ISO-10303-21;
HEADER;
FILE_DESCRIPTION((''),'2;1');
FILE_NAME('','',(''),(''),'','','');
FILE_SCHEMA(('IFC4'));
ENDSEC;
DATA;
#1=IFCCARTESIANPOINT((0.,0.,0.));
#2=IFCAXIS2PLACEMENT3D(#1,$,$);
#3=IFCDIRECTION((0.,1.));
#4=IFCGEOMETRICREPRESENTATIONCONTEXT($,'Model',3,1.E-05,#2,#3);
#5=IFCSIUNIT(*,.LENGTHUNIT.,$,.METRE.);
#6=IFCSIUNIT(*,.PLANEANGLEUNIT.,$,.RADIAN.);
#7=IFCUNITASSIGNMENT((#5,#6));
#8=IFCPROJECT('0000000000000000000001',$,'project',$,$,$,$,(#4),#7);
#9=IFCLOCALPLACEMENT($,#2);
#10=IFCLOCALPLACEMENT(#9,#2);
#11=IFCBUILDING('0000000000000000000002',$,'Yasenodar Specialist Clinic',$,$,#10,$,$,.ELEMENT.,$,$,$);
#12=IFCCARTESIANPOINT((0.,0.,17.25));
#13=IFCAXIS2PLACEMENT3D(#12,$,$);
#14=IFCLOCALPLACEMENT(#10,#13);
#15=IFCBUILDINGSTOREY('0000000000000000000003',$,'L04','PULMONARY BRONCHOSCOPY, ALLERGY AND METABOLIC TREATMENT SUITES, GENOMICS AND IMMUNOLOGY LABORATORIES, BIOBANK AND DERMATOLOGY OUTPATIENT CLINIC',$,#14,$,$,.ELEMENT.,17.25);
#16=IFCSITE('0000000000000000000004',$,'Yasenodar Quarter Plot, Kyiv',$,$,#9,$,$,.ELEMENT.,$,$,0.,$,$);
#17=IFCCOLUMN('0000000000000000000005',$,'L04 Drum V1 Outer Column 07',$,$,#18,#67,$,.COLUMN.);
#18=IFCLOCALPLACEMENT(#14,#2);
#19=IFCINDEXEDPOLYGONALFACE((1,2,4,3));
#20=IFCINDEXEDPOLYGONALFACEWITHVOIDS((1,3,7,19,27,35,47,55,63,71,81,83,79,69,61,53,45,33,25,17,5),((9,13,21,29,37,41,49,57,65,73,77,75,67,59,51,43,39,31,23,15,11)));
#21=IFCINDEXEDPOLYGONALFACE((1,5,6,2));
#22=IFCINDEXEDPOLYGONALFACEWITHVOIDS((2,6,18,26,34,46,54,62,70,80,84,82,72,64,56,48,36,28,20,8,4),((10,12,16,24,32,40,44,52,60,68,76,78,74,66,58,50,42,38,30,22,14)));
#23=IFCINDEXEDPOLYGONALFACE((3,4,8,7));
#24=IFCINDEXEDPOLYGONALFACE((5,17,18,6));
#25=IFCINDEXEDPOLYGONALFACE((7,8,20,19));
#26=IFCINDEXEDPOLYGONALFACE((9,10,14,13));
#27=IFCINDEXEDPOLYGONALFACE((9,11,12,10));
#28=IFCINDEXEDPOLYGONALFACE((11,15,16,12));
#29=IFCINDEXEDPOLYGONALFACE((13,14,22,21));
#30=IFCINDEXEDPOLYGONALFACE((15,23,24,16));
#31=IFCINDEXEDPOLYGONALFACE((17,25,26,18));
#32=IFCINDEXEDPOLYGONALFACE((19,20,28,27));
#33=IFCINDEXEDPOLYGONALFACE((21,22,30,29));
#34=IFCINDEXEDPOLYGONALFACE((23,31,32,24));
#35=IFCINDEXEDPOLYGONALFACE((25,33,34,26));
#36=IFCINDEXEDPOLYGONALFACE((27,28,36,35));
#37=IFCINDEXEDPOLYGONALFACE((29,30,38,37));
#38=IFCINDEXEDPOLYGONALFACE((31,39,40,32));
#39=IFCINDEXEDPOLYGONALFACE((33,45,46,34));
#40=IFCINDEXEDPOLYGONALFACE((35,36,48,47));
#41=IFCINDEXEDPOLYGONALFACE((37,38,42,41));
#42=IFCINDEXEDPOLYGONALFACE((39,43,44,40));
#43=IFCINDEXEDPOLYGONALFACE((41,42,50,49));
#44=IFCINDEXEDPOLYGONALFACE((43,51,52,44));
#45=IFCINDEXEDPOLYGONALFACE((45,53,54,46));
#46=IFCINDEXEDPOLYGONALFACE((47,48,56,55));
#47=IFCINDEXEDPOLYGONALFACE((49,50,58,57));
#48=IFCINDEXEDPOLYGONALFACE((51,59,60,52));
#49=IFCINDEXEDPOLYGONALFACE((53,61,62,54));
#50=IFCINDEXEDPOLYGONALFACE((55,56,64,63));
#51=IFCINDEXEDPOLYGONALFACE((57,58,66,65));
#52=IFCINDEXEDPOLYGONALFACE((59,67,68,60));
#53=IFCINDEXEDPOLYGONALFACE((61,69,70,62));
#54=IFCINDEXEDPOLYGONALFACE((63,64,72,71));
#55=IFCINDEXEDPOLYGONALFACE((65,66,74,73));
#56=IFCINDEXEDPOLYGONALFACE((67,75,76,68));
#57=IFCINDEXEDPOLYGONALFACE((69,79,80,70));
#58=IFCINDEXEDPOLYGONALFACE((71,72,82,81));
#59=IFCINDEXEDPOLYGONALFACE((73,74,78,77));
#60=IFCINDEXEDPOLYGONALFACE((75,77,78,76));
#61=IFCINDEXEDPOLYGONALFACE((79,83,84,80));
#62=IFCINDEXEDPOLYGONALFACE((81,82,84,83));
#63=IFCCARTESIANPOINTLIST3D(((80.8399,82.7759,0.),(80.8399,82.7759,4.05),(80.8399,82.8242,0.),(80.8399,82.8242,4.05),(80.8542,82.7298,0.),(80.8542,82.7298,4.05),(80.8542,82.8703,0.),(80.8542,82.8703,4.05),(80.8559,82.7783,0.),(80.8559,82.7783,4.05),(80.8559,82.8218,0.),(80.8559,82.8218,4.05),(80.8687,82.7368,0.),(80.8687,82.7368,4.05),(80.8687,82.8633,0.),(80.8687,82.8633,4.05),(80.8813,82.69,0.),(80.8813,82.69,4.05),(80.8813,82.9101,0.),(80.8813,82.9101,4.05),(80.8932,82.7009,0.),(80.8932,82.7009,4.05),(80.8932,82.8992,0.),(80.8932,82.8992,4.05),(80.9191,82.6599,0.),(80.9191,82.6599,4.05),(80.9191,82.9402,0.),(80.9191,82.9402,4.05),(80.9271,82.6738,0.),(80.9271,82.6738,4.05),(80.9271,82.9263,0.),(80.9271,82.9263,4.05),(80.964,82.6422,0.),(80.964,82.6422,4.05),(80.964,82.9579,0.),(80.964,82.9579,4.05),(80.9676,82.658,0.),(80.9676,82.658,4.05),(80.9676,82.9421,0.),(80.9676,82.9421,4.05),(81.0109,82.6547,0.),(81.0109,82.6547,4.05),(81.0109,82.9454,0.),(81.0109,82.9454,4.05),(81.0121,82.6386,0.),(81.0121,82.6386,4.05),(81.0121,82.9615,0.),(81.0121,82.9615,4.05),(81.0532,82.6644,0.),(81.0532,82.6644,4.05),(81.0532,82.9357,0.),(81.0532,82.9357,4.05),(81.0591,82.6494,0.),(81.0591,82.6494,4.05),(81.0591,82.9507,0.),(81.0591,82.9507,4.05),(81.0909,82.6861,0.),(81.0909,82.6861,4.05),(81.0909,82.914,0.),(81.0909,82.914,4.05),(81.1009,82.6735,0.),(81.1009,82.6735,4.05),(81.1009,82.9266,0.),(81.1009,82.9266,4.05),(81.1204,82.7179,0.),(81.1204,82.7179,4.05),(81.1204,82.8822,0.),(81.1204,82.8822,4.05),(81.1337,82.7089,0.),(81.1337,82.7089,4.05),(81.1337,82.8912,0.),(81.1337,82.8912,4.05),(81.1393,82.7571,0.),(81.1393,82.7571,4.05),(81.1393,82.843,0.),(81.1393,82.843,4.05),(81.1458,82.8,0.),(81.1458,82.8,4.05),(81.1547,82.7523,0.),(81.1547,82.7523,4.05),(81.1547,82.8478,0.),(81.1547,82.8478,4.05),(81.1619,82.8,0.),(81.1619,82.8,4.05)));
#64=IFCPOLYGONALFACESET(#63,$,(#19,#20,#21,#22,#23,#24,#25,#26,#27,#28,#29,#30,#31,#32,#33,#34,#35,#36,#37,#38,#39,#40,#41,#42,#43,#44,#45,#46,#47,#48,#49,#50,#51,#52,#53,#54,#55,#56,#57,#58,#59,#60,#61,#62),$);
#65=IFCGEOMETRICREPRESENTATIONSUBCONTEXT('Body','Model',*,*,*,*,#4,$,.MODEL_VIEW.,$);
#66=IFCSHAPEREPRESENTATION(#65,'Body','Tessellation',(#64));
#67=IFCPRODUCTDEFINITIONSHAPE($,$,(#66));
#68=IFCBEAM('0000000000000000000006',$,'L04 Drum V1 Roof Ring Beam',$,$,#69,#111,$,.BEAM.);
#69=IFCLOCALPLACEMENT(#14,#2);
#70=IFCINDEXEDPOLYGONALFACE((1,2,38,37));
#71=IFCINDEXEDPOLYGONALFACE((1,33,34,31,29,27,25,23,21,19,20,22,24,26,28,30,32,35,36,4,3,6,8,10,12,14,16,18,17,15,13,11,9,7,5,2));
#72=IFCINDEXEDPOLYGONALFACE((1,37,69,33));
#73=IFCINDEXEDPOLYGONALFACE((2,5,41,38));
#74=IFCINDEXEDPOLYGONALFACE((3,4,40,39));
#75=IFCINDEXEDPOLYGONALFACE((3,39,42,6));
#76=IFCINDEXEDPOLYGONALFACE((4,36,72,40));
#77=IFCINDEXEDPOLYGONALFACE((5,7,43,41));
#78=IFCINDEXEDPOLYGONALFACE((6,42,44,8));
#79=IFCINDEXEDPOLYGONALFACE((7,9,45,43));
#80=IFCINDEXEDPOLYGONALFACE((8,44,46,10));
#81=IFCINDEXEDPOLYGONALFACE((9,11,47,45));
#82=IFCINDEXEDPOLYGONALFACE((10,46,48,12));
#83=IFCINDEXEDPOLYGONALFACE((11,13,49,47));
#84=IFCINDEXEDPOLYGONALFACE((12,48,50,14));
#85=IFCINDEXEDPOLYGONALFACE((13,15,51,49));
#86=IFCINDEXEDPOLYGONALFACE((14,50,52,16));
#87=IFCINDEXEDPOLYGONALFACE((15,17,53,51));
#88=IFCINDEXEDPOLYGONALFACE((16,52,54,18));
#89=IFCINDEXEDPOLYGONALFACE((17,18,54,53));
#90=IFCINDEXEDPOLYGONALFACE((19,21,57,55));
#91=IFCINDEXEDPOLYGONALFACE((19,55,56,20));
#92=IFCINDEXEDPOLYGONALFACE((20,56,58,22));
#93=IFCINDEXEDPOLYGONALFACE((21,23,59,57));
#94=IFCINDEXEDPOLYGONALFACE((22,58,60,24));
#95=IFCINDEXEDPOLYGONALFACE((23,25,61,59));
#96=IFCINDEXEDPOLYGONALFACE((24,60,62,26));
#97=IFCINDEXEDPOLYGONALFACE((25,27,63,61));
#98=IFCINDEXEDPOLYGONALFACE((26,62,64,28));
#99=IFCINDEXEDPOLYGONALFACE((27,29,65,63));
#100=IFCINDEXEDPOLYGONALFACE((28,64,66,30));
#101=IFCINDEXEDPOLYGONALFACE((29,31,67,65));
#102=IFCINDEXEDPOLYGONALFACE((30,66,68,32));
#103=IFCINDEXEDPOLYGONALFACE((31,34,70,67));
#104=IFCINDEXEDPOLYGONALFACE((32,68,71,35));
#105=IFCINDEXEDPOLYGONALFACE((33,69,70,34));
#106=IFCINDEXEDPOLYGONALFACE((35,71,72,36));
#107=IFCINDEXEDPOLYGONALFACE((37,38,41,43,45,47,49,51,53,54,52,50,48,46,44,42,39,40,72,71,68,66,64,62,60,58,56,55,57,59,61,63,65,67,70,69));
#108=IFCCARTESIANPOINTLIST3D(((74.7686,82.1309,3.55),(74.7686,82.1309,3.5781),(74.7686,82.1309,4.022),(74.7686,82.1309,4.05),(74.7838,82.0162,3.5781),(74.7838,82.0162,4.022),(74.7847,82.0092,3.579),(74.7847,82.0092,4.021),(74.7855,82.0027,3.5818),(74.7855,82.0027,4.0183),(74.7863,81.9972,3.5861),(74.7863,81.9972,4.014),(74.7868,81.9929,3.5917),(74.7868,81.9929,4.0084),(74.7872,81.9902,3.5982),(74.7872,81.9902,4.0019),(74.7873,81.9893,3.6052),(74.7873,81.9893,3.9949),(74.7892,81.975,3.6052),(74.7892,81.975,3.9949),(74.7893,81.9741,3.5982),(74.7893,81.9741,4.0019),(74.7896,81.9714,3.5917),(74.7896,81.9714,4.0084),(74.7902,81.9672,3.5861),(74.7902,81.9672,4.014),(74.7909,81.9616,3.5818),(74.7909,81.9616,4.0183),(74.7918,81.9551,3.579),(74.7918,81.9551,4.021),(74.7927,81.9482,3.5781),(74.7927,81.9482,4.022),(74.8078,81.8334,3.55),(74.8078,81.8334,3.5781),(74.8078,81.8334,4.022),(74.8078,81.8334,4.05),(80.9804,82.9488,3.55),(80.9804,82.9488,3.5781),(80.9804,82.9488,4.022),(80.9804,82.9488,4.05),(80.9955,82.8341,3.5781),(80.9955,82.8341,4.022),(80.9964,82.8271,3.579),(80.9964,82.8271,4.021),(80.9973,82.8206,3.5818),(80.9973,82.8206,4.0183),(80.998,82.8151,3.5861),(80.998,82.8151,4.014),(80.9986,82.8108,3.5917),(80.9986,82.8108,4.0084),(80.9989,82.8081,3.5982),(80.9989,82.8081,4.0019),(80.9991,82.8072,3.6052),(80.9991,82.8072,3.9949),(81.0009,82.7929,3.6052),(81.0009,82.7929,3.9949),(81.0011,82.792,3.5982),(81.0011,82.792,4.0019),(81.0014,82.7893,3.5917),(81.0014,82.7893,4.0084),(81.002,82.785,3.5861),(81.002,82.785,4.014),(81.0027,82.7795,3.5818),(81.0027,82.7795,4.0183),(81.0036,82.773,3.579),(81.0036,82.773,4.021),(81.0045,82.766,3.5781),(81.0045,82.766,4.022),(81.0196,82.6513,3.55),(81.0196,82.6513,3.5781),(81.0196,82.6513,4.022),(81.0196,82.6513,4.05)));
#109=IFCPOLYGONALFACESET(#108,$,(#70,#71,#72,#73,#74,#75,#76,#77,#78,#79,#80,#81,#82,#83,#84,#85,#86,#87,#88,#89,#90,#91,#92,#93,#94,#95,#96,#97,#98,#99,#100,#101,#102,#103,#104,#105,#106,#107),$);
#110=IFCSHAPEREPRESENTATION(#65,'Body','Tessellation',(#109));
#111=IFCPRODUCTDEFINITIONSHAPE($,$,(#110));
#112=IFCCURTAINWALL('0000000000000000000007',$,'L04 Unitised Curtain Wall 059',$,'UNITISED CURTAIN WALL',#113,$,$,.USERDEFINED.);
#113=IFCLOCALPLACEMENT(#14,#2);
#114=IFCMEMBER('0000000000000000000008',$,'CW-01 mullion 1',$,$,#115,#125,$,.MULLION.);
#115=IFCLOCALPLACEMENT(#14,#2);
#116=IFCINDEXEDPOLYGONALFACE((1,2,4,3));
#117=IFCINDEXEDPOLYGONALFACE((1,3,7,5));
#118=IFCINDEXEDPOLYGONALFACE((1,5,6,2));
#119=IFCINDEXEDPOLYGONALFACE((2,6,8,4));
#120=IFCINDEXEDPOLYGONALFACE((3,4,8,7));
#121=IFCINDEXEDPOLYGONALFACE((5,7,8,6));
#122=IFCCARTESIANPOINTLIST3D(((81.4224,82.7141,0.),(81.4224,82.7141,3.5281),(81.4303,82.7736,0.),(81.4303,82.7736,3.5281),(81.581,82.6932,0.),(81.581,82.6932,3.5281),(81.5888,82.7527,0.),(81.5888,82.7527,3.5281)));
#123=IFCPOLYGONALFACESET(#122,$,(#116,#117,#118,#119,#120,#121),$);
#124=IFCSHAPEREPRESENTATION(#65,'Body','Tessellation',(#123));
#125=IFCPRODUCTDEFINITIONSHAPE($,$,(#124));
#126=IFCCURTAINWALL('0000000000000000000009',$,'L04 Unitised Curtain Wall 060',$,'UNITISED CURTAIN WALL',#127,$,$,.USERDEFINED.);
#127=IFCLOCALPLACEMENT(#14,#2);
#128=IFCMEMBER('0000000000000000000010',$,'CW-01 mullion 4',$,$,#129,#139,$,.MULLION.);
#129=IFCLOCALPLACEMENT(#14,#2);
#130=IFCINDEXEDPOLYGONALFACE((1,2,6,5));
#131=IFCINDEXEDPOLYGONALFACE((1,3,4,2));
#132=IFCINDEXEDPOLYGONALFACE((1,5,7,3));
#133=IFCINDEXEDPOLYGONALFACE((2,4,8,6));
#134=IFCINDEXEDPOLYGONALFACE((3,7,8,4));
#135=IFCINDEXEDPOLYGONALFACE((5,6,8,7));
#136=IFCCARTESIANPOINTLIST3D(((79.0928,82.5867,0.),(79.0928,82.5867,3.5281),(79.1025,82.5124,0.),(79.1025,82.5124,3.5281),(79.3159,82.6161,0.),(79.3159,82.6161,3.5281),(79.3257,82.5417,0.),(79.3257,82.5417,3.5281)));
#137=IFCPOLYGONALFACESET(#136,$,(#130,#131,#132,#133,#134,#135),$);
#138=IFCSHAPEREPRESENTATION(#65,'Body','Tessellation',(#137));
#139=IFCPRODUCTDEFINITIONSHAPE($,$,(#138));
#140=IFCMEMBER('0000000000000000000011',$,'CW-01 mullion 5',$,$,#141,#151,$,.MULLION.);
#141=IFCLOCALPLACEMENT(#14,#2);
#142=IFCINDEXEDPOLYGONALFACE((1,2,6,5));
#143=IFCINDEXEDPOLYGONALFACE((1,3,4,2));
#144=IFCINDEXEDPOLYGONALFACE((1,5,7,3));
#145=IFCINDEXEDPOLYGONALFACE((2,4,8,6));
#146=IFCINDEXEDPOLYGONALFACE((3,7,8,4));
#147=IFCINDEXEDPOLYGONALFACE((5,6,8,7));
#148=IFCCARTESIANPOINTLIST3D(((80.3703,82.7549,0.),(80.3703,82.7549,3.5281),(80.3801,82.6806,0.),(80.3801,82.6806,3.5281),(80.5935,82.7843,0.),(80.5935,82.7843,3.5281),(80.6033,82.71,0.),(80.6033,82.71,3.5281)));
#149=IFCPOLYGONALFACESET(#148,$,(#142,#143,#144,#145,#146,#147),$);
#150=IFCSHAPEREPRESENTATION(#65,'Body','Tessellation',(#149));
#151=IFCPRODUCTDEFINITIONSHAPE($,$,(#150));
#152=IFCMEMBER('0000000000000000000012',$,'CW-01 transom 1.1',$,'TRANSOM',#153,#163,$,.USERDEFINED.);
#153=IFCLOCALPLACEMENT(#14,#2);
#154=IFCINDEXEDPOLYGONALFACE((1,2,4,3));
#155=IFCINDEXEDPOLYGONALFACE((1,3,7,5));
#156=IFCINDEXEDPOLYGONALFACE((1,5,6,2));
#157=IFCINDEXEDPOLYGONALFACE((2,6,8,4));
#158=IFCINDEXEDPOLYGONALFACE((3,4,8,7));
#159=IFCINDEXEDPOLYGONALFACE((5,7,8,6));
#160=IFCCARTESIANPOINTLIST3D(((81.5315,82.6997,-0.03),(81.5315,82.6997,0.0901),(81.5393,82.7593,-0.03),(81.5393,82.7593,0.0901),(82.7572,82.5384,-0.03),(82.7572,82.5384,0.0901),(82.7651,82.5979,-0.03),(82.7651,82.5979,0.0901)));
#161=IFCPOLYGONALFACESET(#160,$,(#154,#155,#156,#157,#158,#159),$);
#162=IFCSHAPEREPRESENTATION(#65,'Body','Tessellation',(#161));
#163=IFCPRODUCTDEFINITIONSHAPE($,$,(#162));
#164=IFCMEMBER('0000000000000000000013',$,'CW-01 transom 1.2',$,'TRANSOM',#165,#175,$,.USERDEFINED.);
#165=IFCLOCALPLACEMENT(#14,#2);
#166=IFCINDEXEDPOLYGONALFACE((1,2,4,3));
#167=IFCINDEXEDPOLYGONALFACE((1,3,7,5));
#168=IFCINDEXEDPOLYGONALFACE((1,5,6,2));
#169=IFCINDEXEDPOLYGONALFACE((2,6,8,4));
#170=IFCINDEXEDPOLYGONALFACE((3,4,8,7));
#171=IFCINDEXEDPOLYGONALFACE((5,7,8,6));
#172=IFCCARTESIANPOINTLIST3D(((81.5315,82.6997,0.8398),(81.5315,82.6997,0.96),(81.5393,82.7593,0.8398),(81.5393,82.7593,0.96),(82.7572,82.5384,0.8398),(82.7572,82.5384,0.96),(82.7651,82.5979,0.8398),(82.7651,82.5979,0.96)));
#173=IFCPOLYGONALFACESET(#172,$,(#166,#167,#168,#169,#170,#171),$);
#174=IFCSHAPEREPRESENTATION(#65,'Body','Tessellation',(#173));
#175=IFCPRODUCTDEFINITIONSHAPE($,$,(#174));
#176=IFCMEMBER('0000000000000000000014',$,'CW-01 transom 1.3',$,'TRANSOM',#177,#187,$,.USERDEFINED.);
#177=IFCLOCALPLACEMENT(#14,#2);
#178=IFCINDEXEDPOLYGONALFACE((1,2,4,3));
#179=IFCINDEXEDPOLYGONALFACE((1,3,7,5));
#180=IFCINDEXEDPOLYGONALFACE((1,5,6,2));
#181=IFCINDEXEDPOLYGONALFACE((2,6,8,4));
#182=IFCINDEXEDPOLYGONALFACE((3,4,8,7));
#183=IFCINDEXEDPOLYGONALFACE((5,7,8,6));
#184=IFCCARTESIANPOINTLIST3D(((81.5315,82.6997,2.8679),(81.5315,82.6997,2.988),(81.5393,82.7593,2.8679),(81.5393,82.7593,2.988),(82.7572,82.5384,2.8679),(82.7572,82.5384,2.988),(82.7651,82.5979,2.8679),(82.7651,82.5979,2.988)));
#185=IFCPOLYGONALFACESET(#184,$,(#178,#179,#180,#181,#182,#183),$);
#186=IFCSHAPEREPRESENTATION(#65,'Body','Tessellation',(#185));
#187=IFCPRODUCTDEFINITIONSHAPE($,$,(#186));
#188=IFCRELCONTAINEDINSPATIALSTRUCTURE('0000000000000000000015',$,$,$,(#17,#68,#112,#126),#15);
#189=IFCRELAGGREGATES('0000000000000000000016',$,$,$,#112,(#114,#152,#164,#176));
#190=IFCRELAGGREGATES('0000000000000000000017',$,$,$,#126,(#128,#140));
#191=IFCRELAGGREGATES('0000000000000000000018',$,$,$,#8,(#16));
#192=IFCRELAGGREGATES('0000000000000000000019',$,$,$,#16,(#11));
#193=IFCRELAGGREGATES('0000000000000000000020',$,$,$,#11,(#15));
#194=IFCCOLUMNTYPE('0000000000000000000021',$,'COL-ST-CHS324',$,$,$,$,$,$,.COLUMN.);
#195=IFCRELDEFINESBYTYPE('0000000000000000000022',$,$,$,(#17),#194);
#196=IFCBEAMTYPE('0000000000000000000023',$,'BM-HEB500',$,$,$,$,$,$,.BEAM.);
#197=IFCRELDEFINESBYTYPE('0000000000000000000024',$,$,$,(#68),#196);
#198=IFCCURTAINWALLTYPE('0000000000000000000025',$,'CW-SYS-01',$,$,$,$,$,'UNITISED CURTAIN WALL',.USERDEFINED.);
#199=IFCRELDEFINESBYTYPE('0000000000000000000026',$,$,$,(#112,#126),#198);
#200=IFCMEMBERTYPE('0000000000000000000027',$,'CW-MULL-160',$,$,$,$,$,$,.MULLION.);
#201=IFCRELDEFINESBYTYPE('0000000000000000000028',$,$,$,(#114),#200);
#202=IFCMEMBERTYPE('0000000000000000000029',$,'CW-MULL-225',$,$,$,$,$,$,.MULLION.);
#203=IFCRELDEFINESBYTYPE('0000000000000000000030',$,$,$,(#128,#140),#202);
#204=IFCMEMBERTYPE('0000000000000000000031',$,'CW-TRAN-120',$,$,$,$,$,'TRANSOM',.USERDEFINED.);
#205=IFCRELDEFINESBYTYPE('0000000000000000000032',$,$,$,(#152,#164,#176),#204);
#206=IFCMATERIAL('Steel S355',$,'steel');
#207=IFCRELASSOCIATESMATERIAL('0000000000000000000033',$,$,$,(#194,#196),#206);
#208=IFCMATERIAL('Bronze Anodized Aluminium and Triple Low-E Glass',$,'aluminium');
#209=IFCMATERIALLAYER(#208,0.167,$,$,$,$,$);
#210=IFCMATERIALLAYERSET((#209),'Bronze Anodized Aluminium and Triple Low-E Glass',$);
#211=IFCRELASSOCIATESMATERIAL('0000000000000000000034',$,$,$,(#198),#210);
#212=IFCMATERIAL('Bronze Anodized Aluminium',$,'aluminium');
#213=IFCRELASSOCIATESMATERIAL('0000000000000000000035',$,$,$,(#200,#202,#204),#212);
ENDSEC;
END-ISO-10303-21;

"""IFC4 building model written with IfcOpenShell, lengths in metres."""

from ifc_helpers import new_model, si_unit, direction, frame, origin, origin_2d, place, context, subcontext, project, spatial, rectangle, hollow_circle, i_section, extrude, material, layer, layer_set, material_profile, profile_set, type_object, element, aggregate, save


model = new_model("IFC4")

# Units and contexts
model_context = context("Model", 3, precision=1e-05, world=origin(), true_north=direction((0.0, 1.0)))
body_context = subcontext(model_context, "Body", "Model", "MODEL_VIEW")
ifc_project = project(units=[si_unit("LENGTHUNIT", "METRE"), si_unit("PLANEANGLEUNIT", "RADIAN")], contexts=[model_context])

# Site, building, storey
site_placement = place(None, origin())
site = spatial("IfcSite", under=ifc_project, at=site_placement, Name="Yasenodar Quarter Plot, Kyiv", CompositionType="ELEMENT", RefElevation=0.0)
building_placement = place(site_placement, origin())
building = spatial("IfcBuilding", under=site, at=building_placement, Name="Yasenodar Specialist Clinic", CompositionType="ELEMENT")
storey_placement = place(building_placement, frame((0.0, 0.0, 17.25)))
storey = spatial("IfcBuildingStorey", under=building, at=storey_placement, Name="L04", Description="PULMONARY BRONCHOSCOPY, ALLERGY AND METABOLIC TREATMENT SUITES, GENOMICS AND IMMUNOLOGY LABORATORIES, BIOBANK AND DERMATOLOGY OUTPATIENT CLINIC", CompositionType="ELEMENT", Elevation=17.25)

# Column
ifc_material_1 = material(Name="Steel S355", Category="steel")
ifc_material_profile_1 = material_profile(ifc_material_1, hollow_circle(Radius=0.1619, WallThickness=0.0161, at=origin_2d()), Name="CHS 323.9x16")
ifc_profile_set_1 = profile_set([ifc_material_profile_1], Name="Steel S355")
column_type = type_object("IfcColumnType", Name="COL-ST-CHS324", PredefinedType="COLUMN", material=ifc_profile_set_1)
column_placement = place(storey_placement, frame((81.0, 82.8, 0.0), z_axis=(0.0, 0.0, 1.0), x_axis=(1.0, 0.0, 0.0)))
element("IfcColumn", 1, at=column_placement, inside=storey, type_object=column_type, Name="L04 Drum V1 Outer Column 07", PredefinedType="COLUMN", context=body_context, shape_type="SweptSolid", body=[
    extrude(hollow_circle(Radius=0.1619, WallThickness=0.0161, at=origin_2d()), origin(), (0.0, 0.0, 1.0), 4.05),
])

# Beam
ifc_material_profile_2 = material_profile(ifc_material_1, i_section(OverallWidth=0.3, OverallDepth=0.5, WebThickness=0.0144, FlangeThickness=0.0281, FilletRadius=0.0271, at=origin_2d()), Name="HEB 500")
ifc_profile_set_2 = profile_set([ifc_material_profile_2], Name="Steel S355")
beam_type = type_object("IfcBeamType", Name="BM-HEB500", PredefinedType="BEAM", material=ifc_profile_set_2)
beam_placement = place(storey_placement, frame((81.0, 82.8, 3.8), z_axis=(-0.991443, -0.13054, 0.0), x_axis=(0.13054, -0.991443, 0.0)))
element("IfcBeam", 2, at=beam_placement, inside=storey, type_object=beam_type, Name="L04 Drum V1 Roof Ring Beam", PredefinedType="BEAM", context=body_context, shape_type="SweptSolid", body=[
    extrude(i_section(OverallWidth=0.3, OverallDepth=0.5, WebThickness=0.0144, FlangeThickness=0.0281, FilletRadius=0.0271, at=origin_2d()), origin(), (0.0, 0.0, 1.0), 6.2654),
])

# Curtain wall, member
ifc_material_2 = material(Name="Bronze Anodized Aluminium and Triple Low-E Glass", Category="aluminium")
ifc_layer_1 = layer(ifc_material_2, 0.167)
ifc_layer_set_1 = layer_set([ifc_layer_1], Name="Bronze Anodized Aluminium and Triple Low-E Glass")
curtain_wall_type = type_object("IfcCurtainWallType", Name="CW-SYS-01", ElementType="UNITISED CURTAIN WALL", PredefinedType="USERDEFINED", material=ifc_layer_set_1)
curtain_wall_1_placement = place(storey_placement, origin())
curtain_wall_1 = element("IfcCurtainWall", 3, at=curtain_wall_1_placement, inside=storey, type_object=curtain_wall_type, Name="L04 Unitised Curtain Wall 059", ObjectType="UNITISED CURTAIN WALL", PredefinedType="USERDEFINED")
ifc_material_3 = material(Name="Bronze Anodized Aluminium", Category="aluminium")
ifc_material_profile_3 = material_profile(ifc_material_3, rectangle(XDim=0.0601, YDim=0.1599, at=origin_2d()), Name="CW-MULL 60x160")
ifc_profile_set_3 = profile_set([ifc_material_profile_3], Name="Bronze Anodized Aluminium")
member_type_1 = type_object("IfcMemberType", Name="CW-MULL-160", PredefinedType="MULLION", material=ifc_profile_set_3)
member_1_placement = place(storey_placement, frame((81.5056, 82.7334, 0.0), z_axis=(0.0, 0.0, 1.0), x_axis=(0.130512, 0.991447, 0.0)))
member_1 = element("IfcMember", 4, at=member_1_placement, type_object=member_type_1, Name="CW-01 mullion 1", PredefinedType="MULLION", context=body_context, shape_type="SweptSolid", body=[
    extrude(rectangle(XDim=0.0601, YDim=0.1599, at=origin_2d()), origin(), (0.0, 0.0, 1.0), 3.5281),
])

# Curtain wall, members
curtain_wall_2_placement = place(storey_placement, origin())
curtain_wall_2 = element("IfcCurtainWall", 5, at=curtain_wall_2_placement, inside=storey, type_object=curtain_wall_type, Name="L04 Unitised Curtain Wall 060", ObjectType="UNITISED CURTAIN WALL", PredefinedType="USERDEFINED")
ifc_material_profile_4 = material_profile(ifc_material_3, rectangle(XDim=0.075, YDim=0.2251, at=origin_2d()), Name="CW-MULL 75x225")
ifc_profile_set_4 = profile_set([ifc_material_profile_4], Name="Bronze Anodized Aluminium")
member_type_2 = type_object("IfcMemberType", Name="CW-MULL-225", PredefinedType="MULLION", material=ifc_profile_set_4)
member_2_placement = place(storey_placement, frame((79.2092, 82.5642, 0.0), z_axis=(0.0, 0.0, 1.0), x_axis=(-0.130512, 0.991447, 0.0)))
member_2 = element("IfcMember", 6, at=member_2_placement, type_object=member_type_2, Name="CW-01 mullion 4", PredefinedType="MULLION", context=body_context, shape_type="SweptSolid", body=[
    extrude(rectangle(XDim=0.075, YDim=0.2251, at=origin_2d()), origin(), (0.0, 0.0, 1.0), 3.5281),
])
member_3_placement = place(storey_placement, frame((80.4868, 82.7324, 0.0), z_axis=(0.0, 0.0, 1.0), x_axis=(-0.130512, 0.991447, 0.0)))
member_3 = element("IfcMember", 7, at=member_3_placement, type_object=member_type_2, Name="CW-01 mullion 5", PredefinedType="MULLION", context=body_context, shape_type="SweptSolid", body=[
    extrude(rectangle(XDim=0.075, YDim=0.2251, at=origin_2d()), origin(), (0.0, 0.0, 1.0), 3.5281),
])

# Members
ifc_material_profile_5 = material_profile(ifc_material_3, rectangle(XDim=0.0601, YDim=0.1201, at=origin_2d()), Name="CW-TRAN 60x120")
ifc_profile_set_5 = profile_set([ifc_material_profile_5], Name="Bronze Anodized Aluminium")
member_type_3 = type_object("IfcMemberType", Name="CW-TRAN-120", ElementType="TRANSOM", PredefinedType="USERDEFINED", material=ifc_profile_set_5)
member_4_placement = place(storey_placement, frame((81.5354, 82.7295, 0.03), z_axis=(0.991446, -0.130521, 0.0), x_axis=(0.130521, 0.991446, 0.0)))
member_4 = element("IfcMember", 8, at=member_4_placement, type_object=member_type_3, Name="CW-01 transom 1.1", ObjectType="TRANSOM", PredefinedType="USERDEFINED", context=body_context, shape_type="SweptSolid", body=[
    extrude(rectangle(XDim=0.0601, YDim=0.1201, at=origin_2d()), origin(), (0.0, 0.0, 1.0), 1.2363),
])
member_5_placement = place(storey_placement, frame((81.5354, 82.7295, 0.8999), z_axis=(0.991446, -0.130521, 0.0), x_axis=(0.130521, 0.991446, 0.0)))
member_5 = element("IfcMember", 9, at=member_5_placement, type_object=member_type_3, Name="CW-01 transom 1.2", ObjectType="TRANSOM", PredefinedType="USERDEFINED", context=body_context, shape_type="SweptSolid", body=[
    extrude(rectangle(XDim=0.0601, YDim=0.1201, at=origin_2d()), origin(), (0.0, 0.0, 1.0), 1.2363),
])
member_6_placement = place(storey_placement, frame((81.5354, 82.7295, 2.928), z_axis=(0.991446, -0.130521, 0.0), x_axis=(0.130521, 0.991446, 0.0)))
member_6 = element("IfcMember", 10, at=member_6_placement, type_object=member_type_3, Name="CW-01 transom 1.3", ObjectType="TRANSOM", PredefinedType="USERDEFINED", context=body_context, shape_type="SweptSolid", body=[
    extrude(rectangle(XDim=0.0601, YDim=0.1201, at=origin_2d()), origin(), (0.0, 0.0, 1.0), 1.2363),
])
aggregate(curtain_wall_1, [member_1, member_4, member_5, member_6])

aggregate(curtain_wall_2, [member_2, member_3])

save(model, "model.ifc")
